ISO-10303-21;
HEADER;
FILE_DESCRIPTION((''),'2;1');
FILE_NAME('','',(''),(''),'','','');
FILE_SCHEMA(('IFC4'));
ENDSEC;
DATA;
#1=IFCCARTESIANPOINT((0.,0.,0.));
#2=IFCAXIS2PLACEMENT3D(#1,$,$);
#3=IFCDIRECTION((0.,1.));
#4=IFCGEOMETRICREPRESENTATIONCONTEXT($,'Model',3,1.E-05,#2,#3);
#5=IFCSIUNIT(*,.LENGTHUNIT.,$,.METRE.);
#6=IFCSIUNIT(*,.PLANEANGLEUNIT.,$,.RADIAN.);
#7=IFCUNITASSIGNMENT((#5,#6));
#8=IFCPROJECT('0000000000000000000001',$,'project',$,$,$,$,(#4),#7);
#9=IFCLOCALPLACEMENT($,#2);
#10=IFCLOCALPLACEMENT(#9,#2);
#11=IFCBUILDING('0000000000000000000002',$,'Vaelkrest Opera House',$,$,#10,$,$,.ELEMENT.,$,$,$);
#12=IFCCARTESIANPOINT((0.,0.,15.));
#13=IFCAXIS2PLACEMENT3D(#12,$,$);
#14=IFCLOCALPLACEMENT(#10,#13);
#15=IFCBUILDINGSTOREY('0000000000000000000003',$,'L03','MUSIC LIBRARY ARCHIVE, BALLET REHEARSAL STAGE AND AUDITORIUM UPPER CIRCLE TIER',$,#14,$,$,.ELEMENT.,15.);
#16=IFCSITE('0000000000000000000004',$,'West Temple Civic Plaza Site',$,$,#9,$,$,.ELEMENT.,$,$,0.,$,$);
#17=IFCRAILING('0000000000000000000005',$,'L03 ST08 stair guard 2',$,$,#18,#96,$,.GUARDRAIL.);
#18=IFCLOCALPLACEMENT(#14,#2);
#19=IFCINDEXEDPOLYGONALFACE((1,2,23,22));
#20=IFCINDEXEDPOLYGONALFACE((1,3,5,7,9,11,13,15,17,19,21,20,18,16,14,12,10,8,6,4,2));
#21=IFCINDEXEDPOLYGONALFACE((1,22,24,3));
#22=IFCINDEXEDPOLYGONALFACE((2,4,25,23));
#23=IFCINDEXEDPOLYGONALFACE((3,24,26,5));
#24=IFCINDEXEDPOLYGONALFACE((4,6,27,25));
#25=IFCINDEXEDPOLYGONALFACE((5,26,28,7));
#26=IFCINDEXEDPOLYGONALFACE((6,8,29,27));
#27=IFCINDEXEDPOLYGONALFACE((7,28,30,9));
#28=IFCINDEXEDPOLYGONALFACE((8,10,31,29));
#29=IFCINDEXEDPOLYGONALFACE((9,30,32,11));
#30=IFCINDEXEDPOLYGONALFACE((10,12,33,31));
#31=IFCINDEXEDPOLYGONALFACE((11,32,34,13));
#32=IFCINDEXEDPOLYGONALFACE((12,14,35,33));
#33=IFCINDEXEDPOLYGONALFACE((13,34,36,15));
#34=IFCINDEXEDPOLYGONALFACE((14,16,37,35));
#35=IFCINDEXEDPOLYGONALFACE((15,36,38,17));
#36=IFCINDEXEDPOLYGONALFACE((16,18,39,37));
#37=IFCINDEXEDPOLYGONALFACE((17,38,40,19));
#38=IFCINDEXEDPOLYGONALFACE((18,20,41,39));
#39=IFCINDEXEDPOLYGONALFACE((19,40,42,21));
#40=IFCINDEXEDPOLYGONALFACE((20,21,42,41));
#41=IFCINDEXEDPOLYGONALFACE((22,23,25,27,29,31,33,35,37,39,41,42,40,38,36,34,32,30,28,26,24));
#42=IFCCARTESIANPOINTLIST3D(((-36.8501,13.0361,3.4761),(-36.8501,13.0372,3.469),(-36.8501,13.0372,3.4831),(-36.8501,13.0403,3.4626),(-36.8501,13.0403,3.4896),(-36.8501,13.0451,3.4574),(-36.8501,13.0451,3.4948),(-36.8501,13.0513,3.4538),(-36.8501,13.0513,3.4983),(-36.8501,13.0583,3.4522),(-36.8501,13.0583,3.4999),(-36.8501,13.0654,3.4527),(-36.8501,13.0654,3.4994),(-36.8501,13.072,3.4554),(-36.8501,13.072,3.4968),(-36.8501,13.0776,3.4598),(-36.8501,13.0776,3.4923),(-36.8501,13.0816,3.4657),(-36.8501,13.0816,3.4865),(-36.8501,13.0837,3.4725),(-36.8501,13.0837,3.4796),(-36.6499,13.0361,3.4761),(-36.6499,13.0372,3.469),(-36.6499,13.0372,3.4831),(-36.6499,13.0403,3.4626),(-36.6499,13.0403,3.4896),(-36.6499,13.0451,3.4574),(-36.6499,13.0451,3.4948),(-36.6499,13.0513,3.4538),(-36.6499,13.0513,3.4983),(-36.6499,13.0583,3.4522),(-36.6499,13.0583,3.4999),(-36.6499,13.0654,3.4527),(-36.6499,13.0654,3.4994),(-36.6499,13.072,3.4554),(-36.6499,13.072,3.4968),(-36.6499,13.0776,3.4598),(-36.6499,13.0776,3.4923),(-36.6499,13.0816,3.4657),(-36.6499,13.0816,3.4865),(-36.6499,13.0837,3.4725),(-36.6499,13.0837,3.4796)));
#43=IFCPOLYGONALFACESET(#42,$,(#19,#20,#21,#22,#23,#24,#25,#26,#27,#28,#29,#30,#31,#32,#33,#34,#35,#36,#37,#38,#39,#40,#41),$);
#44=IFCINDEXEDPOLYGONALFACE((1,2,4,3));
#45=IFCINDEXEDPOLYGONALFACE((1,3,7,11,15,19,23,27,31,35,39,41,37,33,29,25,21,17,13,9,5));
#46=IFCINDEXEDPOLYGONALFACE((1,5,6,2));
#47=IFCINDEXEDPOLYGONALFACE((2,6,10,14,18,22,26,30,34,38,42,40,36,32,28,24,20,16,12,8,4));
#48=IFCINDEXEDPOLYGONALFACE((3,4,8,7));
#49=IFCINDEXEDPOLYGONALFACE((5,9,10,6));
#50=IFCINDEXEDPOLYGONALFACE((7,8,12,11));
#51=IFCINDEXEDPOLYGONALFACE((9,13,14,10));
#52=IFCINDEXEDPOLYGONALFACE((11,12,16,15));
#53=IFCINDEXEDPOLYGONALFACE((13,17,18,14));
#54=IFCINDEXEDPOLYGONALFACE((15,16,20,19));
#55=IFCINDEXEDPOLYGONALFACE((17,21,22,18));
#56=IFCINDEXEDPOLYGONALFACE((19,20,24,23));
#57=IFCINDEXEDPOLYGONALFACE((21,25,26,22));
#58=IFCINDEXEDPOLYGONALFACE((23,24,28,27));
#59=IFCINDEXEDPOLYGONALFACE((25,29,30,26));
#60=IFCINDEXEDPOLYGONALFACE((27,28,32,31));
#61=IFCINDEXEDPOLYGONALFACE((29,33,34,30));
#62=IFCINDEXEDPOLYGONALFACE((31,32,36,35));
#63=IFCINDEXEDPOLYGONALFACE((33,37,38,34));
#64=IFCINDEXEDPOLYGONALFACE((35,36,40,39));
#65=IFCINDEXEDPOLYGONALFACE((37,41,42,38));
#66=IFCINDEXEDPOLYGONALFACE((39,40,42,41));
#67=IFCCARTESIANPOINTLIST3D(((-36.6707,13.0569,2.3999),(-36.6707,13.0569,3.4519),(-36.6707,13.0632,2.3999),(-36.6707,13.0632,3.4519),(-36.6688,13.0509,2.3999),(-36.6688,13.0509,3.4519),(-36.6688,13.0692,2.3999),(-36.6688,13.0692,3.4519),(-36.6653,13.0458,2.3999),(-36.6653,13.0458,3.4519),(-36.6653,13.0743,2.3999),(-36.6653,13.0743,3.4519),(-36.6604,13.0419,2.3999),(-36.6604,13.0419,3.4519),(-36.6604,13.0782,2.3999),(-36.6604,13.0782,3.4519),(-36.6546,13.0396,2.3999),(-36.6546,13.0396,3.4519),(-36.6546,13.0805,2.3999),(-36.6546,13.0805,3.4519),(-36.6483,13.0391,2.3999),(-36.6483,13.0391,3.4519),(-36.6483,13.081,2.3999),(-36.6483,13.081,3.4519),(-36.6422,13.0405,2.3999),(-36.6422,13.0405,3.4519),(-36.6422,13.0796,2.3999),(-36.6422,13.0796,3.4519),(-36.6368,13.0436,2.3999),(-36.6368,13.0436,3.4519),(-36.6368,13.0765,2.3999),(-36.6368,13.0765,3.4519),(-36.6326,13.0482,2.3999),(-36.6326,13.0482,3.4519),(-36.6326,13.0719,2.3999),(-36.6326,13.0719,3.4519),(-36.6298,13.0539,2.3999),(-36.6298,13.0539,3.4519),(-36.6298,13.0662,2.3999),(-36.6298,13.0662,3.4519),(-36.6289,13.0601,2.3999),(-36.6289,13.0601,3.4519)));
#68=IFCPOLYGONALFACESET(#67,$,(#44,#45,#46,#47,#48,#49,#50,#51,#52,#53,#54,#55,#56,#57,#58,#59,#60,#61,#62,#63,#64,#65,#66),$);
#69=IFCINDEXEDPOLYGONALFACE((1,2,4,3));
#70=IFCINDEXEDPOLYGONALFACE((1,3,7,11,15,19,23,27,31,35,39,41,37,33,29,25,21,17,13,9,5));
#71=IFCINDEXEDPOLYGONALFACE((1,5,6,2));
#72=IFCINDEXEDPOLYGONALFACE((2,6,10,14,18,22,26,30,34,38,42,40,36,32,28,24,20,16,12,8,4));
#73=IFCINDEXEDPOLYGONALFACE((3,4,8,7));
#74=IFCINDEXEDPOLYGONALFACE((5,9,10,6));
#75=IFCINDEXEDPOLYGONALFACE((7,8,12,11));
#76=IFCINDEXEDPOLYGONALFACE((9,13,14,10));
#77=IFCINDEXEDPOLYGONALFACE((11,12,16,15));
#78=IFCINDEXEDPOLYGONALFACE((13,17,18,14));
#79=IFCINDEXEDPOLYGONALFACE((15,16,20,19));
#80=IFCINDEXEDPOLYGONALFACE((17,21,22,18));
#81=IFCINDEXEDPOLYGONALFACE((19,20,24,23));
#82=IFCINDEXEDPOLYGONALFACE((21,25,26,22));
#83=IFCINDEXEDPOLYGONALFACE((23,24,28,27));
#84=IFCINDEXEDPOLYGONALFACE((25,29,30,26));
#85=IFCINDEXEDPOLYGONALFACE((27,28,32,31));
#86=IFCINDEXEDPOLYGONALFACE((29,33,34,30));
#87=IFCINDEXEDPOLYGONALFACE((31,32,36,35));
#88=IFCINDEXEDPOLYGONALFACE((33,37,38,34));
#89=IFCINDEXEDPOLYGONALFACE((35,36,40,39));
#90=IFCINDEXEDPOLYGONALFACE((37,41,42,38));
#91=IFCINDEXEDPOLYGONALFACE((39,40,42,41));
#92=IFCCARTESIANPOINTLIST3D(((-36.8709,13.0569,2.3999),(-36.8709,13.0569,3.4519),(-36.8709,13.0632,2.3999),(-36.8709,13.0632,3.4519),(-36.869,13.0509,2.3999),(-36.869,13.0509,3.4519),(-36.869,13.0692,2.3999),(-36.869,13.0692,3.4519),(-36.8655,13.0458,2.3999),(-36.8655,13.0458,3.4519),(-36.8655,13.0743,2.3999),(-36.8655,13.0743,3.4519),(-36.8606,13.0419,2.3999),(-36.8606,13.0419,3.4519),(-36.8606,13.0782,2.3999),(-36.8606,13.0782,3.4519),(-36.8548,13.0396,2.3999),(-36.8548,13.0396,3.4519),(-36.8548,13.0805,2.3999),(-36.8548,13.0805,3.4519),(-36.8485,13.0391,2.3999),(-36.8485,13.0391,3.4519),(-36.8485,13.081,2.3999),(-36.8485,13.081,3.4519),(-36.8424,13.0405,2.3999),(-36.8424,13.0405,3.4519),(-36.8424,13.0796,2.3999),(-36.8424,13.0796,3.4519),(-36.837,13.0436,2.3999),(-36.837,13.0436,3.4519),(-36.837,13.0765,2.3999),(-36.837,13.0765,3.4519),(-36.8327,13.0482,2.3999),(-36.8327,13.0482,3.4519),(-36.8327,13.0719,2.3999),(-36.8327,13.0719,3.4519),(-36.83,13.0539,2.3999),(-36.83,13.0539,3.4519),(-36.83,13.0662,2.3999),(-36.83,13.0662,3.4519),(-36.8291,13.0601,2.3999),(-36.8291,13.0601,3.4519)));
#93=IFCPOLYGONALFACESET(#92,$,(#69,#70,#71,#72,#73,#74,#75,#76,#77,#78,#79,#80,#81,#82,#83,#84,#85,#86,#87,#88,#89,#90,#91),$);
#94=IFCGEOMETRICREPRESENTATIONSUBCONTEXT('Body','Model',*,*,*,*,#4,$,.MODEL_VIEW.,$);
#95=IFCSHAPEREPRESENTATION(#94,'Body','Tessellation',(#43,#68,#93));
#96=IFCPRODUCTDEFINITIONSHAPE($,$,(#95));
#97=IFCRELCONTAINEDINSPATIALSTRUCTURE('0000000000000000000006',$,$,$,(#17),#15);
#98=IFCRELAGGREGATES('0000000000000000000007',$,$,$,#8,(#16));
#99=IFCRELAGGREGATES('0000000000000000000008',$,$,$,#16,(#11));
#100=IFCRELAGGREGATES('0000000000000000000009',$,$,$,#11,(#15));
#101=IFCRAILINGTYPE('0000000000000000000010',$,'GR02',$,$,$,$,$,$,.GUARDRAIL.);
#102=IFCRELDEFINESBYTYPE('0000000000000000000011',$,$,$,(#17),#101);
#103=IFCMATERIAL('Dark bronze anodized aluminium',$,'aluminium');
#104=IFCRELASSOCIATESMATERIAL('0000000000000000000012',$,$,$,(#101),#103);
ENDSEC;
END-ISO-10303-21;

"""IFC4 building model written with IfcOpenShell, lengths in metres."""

from ifc_helpers import new_model, si_unit, direction, frame, origin, origin_2d, place, context, subcontext, project, spatial, circle, extrude, material, type_object, element, save


model = new_model("IFC4")

# Units and contexts
model_context = context("Model", 3, precision=1e-05, world=origin(), true_north=direction((0.0, 1.0)))
body_context = subcontext(model_context, "Body", "Model", "MODEL_VIEW")
ifc_project = project(units=[si_unit("LENGTHUNIT", "METRE"), si_unit("PLANEANGLEUNIT", "RADIAN")], contexts=[model_context])

# Site, building, storey
site_placement = place(None, origin())
site = spatial("IfcSite", under=ifc_project, at=site_placement, Name="West Temple Civic Plaza Site", CompositionType="ELEMENT", RefElevation=0.0)
building_placement = place(site_placement, origin())
building = spatial("IfcBuilding", under=site, at=building_placement, Name="Vaelkrest Opera House", CompositionType="ELEMENT")
storey_placement = place(building_placement, frame((0.0, 0.0, 15.0)))
storey = spatial("IfcBuildingStorey", under=building, at=storey_placement, Name="L03", Description="MUSIC LIBRARY ARCHIVE, BALLET REHEARSAL STAGE AND AUDITORIUM UPPER CIRCLE TIER", CompositionType="ELEMENT", Elevation=15.0)

# Shared definitions
ifc_material_1 = material(Name="Dark bronze anodized aluminium", Category="aluminium")

# Railing
railing_type_1 = type_object("IfcRailingType", Name="GR02", PredefinedType="GUARDRAIL", material=ifc_material_1)
railing_1_placement = place(storey_placement, frame((-36.6499, 13.0601, 2.3999)))
element("IfcRailing", 1, at=railing_1_placement, inside=storey, type_object=railing_type_1, Name="L03 ST08 stair guard 2", PredefinedType="GUARDRAIL", context=body_context, shape_type="SweptSolid", body=[
    extrude(circle(Radius=0.0239, at=origin_2d()), frame((0.0, 0.0, 1.0762), z_axis=(-1.0, 0.0, 0.0), x_axis=(0.0, -1.0, 0.0)), (0.0, 0.0, 1.0), 0.2002),
    extrude(circle(Radius=0.021, at=origin_2d()), origin(), (0.0, 0.0, 1.0), 1.052),
    extrude(circle(Radius=0.021, at=origin_2d()), frame((-0.2002, 0.0, 0.0)), (0.0, 0.0, 1.0), 1.052),
])

save(model, "model.ifc")
